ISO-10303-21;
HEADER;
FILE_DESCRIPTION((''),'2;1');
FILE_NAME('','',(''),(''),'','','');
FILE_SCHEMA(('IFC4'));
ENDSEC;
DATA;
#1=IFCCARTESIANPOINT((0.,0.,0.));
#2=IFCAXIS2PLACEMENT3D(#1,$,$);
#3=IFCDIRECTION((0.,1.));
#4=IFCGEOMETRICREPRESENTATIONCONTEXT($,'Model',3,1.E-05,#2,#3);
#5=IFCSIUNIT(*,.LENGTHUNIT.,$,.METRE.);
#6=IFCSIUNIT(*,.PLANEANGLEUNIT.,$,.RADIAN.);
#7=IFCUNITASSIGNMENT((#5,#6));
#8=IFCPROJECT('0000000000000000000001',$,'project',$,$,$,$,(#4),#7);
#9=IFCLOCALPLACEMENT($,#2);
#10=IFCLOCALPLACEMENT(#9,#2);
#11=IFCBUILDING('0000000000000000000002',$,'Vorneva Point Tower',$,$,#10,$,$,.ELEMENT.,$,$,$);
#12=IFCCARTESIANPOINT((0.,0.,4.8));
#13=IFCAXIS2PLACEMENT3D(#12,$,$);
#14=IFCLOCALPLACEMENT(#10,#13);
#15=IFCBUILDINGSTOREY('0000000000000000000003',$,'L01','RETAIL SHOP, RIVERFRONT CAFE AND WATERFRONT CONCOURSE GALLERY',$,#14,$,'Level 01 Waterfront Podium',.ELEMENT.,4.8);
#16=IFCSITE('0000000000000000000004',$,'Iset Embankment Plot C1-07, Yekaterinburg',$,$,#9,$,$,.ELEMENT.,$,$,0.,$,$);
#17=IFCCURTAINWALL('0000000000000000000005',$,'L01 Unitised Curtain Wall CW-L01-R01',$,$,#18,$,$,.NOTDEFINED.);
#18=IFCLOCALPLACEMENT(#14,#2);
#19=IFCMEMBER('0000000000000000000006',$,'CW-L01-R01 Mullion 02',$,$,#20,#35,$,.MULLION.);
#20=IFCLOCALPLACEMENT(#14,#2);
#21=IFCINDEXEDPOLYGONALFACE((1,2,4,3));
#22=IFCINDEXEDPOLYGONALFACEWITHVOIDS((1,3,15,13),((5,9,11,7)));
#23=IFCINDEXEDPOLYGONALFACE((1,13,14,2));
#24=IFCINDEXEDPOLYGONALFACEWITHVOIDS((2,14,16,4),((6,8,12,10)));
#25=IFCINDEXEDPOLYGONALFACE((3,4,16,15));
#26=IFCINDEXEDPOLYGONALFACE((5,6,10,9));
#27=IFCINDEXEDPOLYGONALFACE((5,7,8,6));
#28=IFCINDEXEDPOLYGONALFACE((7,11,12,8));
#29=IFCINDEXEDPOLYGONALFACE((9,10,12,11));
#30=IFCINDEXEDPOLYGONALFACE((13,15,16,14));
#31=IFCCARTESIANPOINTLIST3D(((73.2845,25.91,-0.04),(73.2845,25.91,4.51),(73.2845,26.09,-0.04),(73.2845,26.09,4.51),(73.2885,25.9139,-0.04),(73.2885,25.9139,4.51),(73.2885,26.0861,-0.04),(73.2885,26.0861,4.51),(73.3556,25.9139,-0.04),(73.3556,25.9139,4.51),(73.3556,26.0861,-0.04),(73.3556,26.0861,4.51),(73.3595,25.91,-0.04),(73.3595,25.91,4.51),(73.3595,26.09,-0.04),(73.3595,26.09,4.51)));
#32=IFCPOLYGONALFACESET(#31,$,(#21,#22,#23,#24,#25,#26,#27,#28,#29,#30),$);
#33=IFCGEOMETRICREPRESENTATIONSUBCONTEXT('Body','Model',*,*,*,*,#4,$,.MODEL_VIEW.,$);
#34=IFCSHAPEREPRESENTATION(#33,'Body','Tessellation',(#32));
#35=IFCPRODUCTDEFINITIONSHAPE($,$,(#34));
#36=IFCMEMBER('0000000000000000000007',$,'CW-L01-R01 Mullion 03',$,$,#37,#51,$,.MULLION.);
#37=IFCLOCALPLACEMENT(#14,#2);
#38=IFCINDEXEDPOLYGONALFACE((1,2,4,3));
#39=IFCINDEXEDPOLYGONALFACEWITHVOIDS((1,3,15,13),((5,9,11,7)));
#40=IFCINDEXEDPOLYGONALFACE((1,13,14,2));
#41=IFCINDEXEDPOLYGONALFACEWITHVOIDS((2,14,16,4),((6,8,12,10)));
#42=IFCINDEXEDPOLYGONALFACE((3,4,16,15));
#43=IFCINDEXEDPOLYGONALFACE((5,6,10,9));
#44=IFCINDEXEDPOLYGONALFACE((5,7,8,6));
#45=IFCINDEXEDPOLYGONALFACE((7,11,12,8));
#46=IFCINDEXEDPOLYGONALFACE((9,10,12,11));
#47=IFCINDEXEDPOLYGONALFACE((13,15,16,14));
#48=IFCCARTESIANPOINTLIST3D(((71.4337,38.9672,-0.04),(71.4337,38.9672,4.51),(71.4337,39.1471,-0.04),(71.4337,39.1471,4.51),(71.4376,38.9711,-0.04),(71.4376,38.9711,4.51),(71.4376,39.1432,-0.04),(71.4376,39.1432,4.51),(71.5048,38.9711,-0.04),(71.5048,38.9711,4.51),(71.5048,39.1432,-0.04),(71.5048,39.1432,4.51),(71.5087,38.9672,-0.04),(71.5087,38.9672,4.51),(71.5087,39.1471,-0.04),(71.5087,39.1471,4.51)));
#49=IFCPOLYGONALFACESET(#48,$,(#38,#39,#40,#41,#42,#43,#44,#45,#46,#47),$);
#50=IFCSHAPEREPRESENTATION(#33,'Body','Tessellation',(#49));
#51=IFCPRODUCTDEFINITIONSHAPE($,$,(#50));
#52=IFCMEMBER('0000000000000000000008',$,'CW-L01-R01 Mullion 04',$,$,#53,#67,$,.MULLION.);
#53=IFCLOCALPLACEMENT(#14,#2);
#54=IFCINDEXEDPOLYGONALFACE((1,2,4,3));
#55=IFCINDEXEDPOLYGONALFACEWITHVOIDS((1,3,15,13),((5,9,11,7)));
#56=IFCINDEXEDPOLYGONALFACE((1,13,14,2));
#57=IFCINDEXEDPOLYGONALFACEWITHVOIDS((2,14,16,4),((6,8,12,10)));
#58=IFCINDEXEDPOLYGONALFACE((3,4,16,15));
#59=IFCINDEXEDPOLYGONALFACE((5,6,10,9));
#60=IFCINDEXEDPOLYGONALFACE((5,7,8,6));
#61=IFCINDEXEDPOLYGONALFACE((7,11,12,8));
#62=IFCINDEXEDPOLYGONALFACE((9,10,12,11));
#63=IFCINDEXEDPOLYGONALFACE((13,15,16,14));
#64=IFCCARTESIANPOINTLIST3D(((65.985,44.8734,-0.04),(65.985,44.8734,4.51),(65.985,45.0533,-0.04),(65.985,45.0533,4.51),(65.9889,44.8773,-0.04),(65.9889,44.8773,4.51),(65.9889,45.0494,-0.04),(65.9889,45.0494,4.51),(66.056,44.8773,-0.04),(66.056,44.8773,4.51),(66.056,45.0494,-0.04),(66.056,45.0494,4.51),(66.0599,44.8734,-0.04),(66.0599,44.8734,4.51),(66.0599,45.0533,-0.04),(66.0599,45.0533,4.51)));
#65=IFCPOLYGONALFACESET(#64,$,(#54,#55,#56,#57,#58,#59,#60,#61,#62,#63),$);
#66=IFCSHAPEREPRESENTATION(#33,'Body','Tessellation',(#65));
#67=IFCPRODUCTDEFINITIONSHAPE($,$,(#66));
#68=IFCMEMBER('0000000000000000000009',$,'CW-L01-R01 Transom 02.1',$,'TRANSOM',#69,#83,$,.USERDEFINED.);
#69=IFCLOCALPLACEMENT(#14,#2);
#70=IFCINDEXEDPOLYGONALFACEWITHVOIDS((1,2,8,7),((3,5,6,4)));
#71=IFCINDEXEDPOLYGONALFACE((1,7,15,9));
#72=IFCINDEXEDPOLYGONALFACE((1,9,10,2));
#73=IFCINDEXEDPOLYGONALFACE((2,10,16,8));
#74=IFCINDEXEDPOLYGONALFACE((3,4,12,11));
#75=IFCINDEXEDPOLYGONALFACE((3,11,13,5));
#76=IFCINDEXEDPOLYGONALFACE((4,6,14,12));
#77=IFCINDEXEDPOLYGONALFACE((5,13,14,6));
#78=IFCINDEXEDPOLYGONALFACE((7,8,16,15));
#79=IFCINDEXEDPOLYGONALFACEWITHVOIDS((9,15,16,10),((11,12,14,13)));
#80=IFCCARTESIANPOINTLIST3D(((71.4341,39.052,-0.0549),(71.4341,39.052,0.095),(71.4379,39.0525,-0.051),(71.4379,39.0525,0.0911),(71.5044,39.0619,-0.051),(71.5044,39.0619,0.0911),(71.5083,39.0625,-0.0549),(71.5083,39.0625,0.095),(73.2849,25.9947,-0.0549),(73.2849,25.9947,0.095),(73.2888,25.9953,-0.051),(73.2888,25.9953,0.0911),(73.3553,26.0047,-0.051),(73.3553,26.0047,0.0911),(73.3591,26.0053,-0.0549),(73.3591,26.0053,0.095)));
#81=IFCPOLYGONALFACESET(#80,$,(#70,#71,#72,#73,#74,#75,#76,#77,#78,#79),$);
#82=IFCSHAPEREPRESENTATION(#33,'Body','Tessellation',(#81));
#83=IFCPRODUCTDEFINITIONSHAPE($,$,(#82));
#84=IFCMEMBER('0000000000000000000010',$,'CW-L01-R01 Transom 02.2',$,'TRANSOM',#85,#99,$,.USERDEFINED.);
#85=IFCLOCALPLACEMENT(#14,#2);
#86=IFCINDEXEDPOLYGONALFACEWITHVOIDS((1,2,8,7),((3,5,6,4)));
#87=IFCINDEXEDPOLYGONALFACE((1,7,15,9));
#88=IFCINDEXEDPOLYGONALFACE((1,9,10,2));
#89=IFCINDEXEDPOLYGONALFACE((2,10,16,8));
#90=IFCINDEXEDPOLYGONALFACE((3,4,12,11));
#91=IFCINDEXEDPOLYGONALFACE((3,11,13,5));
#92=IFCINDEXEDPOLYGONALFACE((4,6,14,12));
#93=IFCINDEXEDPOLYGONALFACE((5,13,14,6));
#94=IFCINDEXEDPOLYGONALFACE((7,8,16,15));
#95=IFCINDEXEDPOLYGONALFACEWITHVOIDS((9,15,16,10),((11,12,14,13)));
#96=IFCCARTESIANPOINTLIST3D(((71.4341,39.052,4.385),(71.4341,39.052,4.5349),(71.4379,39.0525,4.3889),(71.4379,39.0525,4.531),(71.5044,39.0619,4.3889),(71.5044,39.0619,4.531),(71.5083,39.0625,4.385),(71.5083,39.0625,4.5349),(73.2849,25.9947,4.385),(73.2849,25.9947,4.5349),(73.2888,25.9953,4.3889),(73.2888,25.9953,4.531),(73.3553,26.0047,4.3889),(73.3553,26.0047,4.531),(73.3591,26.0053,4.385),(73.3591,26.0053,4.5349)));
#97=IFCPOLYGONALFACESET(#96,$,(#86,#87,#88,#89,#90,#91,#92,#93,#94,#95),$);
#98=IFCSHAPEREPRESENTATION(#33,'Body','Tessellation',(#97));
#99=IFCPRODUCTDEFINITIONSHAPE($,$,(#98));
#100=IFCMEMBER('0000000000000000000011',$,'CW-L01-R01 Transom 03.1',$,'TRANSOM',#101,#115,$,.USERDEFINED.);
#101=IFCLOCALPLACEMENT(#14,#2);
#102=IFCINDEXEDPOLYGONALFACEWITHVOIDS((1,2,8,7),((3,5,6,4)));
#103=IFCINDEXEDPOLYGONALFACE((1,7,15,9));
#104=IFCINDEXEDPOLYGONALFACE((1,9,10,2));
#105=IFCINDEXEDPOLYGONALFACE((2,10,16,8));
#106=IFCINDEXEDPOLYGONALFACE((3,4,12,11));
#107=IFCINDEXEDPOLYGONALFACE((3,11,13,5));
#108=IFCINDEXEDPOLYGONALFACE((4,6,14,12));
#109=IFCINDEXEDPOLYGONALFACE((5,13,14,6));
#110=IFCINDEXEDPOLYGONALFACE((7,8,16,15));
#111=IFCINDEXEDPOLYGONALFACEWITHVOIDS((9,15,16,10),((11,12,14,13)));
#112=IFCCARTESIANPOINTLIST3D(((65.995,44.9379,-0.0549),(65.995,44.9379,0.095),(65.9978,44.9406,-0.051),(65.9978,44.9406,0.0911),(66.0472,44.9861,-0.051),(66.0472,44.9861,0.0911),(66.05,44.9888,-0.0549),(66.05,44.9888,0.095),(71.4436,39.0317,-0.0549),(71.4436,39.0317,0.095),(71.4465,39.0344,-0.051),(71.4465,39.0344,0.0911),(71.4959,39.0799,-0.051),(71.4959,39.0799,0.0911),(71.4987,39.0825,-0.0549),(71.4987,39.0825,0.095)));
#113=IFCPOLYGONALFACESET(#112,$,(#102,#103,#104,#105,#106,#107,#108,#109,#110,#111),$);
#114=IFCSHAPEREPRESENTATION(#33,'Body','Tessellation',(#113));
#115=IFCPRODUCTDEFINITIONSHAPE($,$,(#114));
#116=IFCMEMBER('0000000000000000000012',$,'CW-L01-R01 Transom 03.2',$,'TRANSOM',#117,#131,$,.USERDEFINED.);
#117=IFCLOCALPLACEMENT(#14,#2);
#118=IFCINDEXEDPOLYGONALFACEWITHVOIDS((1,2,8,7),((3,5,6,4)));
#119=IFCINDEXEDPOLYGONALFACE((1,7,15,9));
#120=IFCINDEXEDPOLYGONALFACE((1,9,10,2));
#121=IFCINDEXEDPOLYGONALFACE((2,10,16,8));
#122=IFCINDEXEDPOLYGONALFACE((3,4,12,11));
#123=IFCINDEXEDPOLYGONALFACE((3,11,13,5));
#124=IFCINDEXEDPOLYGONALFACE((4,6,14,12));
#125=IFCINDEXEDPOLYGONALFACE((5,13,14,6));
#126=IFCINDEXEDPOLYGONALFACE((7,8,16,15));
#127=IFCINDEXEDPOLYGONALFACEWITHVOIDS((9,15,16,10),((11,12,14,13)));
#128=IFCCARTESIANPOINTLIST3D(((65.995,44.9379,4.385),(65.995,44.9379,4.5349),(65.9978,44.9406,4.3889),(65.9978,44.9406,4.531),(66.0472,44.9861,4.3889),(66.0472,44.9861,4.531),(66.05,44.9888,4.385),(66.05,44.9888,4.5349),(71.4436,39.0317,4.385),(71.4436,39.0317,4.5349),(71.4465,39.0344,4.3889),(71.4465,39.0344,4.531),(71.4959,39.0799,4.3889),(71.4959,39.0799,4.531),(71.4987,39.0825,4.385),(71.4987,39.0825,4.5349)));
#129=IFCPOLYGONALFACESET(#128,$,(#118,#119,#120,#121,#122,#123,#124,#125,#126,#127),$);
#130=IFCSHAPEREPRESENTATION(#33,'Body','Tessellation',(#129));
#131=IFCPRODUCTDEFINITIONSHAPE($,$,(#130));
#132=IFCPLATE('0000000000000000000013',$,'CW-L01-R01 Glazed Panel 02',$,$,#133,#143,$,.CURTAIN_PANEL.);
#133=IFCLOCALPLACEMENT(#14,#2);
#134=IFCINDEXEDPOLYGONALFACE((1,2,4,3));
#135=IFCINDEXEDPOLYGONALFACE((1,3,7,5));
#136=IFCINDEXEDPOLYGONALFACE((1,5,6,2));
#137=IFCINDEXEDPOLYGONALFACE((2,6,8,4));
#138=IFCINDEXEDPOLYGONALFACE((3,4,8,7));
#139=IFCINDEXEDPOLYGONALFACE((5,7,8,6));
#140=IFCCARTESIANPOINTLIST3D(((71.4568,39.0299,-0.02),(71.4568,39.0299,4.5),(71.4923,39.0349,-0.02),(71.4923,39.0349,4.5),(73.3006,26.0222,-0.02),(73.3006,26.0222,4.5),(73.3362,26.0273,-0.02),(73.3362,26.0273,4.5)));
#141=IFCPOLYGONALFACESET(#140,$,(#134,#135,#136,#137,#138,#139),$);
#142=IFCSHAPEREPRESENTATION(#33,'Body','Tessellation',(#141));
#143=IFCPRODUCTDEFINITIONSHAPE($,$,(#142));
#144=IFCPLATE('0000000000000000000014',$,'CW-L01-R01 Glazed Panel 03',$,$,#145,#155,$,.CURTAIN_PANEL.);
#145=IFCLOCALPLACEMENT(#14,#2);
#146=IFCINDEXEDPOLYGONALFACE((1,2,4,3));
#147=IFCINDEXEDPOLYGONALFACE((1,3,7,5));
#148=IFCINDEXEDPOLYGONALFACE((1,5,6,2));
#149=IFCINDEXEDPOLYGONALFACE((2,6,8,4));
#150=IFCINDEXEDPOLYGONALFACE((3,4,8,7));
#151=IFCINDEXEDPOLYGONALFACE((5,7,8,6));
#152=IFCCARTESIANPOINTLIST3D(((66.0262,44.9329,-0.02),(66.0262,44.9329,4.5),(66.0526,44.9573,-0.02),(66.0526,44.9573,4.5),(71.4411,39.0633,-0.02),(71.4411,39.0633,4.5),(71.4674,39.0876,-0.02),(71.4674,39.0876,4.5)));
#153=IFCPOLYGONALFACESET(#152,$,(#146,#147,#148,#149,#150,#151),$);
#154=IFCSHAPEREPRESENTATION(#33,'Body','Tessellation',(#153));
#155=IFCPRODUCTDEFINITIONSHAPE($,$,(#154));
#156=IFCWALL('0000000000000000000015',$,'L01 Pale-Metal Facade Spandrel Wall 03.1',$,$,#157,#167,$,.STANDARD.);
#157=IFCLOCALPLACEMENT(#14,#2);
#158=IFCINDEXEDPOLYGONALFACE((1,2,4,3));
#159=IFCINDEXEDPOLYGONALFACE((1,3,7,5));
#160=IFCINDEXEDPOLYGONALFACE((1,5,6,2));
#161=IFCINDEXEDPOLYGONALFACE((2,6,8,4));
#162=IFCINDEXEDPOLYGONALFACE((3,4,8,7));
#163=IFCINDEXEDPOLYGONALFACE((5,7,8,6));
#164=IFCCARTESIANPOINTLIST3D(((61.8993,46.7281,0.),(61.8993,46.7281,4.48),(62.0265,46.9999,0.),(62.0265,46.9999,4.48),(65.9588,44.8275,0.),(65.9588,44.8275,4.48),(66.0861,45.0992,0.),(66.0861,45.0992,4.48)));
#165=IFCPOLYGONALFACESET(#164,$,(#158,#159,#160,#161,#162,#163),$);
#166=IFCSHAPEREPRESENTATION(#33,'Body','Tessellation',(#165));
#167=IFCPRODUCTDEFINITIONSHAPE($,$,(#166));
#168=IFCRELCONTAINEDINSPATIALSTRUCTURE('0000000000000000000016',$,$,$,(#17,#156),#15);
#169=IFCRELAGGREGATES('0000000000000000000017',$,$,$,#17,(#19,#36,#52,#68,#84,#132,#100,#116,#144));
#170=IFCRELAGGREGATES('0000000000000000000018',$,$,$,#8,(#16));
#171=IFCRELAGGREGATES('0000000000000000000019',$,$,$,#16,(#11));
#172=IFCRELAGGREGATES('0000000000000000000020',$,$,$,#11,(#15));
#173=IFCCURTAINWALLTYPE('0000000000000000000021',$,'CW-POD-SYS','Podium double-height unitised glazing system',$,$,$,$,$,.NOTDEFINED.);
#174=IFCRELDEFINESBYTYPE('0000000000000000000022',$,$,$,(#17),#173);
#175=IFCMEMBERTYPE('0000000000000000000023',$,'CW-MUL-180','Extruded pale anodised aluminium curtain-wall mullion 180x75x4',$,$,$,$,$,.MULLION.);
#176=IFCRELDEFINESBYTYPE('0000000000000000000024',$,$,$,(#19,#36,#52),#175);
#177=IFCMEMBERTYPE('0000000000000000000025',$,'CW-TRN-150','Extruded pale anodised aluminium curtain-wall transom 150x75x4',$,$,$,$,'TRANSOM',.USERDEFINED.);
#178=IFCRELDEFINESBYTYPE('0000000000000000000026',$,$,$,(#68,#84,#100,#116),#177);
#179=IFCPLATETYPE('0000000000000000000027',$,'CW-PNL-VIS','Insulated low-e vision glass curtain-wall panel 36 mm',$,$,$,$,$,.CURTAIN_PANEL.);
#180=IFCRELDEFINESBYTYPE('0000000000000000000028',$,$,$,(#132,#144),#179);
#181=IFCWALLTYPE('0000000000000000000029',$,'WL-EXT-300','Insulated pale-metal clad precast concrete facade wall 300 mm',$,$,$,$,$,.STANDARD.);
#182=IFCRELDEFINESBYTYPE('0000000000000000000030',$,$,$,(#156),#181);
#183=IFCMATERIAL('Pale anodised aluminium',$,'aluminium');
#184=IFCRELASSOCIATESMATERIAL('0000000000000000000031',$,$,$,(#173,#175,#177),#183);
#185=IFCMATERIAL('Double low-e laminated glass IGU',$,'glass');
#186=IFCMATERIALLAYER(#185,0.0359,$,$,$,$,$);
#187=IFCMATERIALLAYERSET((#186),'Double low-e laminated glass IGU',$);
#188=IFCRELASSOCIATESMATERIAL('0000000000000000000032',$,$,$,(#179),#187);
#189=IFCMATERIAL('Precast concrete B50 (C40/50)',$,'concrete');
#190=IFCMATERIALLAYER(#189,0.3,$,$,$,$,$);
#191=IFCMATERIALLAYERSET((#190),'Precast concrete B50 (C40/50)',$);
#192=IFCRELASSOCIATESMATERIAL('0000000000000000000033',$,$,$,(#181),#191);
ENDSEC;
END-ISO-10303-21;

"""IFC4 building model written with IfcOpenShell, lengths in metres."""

from ifc_helpers import new_model, si_unit, direction, frame, frame_2d, origin, origin_2d, place, context, subcontext, project, spatial, rectangle, hollow_rectangle, extrude, material, layer, layer_set, material_profile, profile_set, type_object, element, aggregate, save


model = new_model("IFC4")

# Units and contexts
model_context = context("Model", 3, precision=1e-05, world=origin(), true_north=direction((0.0, 1.0)))
body_context = subcontext(model_context, "Body", "Model", "MODEL_VIEW")
ifc_project = project(units=[si_unit("LENGTHUNIT", "METRE"), si_unit("PLANEANGLEUNIT", "RADIAN")], contexts=[model_context])

# Site, building, storey
site_placement = place(None, origin())
site = spatial("IfcSite", under=ifc_project, at=site_placement, Name="Iset Embankment Plot C1-07, Yekaterinburg", CompositionType="ELEMENT", RefElevation=0.0)
building_placement = place(site_placement, origin())
building = spatial("IfcBuilding", under=site, at=building_placement, Name="Vorneva Point Tower", CompositionType="ELEMENT")
storey_placement = place(building_placement, frame((0.0, 0.0, 4.8)))
storey = spatial("IfcBuildingStorey", under=building, at=storey_placement, Name="L01", Description="RETAIL SHOP, RIVERFRONT CAFE AND WATERFRONT CONCOURSE GALLERY", LongName="Level 01 Waterfront Podium", CompositionType="ELEMENT", Elevation=4.8)

# Curtain wall, members, plates
ifc_material_1 = material(Name="Pale anodised aluminium", Category="aluminium")
curtain_wall_type = type_object("IfcCurtainWallType", Name="CW-POD-SYS", Description="Podium double-height unitised glazing system", PredefinedType="NOTDEFINED", material=ifc_material_1)
curtain_wall_placement = place(storey_placement, origin())
curtain_wall = element("IfcCurtainWall", 1, at=curtain_wall_placement, inside=storey, type_object=curtain_wall_type, Name="L01 Unitised Curtain Wall CW-L01-R01", PredefinedType="NOTDEFINED")
ifc_material_profile_1 = material_profile(ifc_material_1, hollow_rectangle(XDim=0.075, YDim=0.1799, WallThickness=0.0039, at=origin_2d()), Name="AL-MUL 180x75x4")
ifc_profile_set_1 = profile_set([ifc_material_profile_1], Name="Pale anodised aluminium")
member_type_1 = type_object("IfcMemberType", Name="CW-MUL-180", Description="Extruded pale anodised aluminium curtain-wall mullion 180x75x4", PredefinedType="MULLION", material=ifc_profile_set_1)
member_1_placement = place(storey_placement, frame((73.322, 26.0, -0.04), z_axis=(0.0, 0.0, 1.0), x_axis=(1.0, 0.0, 0.0)))
member_1 = element("IfcMember", 2, at=member_1_placement, type_object=member_type_1, Name="CW-L01-R01 Mullion 02", PredefinedType="MULLION", context=body_context, shape_type="SweptSolid", body=[
    extrude(hollow_rectangle(XDim=0.075, YDim=0.1799, WallThickness=0.0039, at=origin_2d()), origin(), (0.0, 0.0, 1.0), 4.55),
])
member_2_placement = place(storey_placement, frame((71.4712, 39.0571, -0.04), z_axis=(0.0, 0.0, 1.0), x_axis=(1.0, 0.0, 0.0)))
member_2 = element("IfcMember", 3, at=member_2_placement, type_object=member_type_1, Name="CW-L01-R01 Mullion 03", PredefinedType="MULLION", context=body_context, shape_type="SweptSolid", body=[
    extrude(hollow_rectangle(XDim=0.075, YDim=0.1799, WallThickness=0.0039, at=origin_2d()), origin(), (0.0, 0.0, 1.0), 4.55),
])
member_3_placement = place(storey_placement, frame((66.0225, 44.9634, -0.04), z_axis=(0.0, 0.0, 1.0), x_axis=(1.0, 0.0, 0.0)))
member_3 = element("IfcMember", 4, at=member_3_placement, type_object=member_type_1, Name="CW-L01-R01 Mullion 04", PredefinedType="MULLION", context=body_context, shape_type="SweptSolid", body=[
    extrude(hollow_rectangle(XDim=0.075, YDim=0.1799, WallThickness=0.0039, at=origin_2d()), origin(), (0.0, 0.0, 1.0), 4.55),
])
ifc_material_profile_2 = material_profile(ifc_material_1, hollow_rectangle(XDim=0.075, YDim=0.1499, WallThickness=0.0039, at=origin_2d()), Name="AL-TRN 150x75x4")
ifc_profile_set_2 = profile_set([ifc_material_profile_2], Name="Pale anodised aluminium")
member_type_2 = type_object("IfcMemberType", Name="CW-TRN-150", Description="Extruded pale anodised aluminium curtain-wall transom 150x75x4", ElementType="TRANSOM", PredefinedType="USERDEFINED", material=ifc_profile_set_2)
member_4_placement = place(storey_placement, frame((73.322, 26.0, 0.02), z_axis=(-0.140346, 0.990103, 0.0), x_axis=(-0.990103, -0.140346, 0.0)))
member_4 = element("IfcMember", 5, at=member_4_placement, type_object=member_type_2, Name="CW-L01-R01 Transom 02.1", ObjectType="TRANSOM", PredefinedType="USERDEFINED", context=body_context, shape_type="SweptSolid", body=[
    extrude(hollow_rectangle(XDim=0.075, YDim=0.1499, WallThickness=0.0039, at=origin_2d()), origin(), (0.0, 0.0, 1.0), 13.1877),
])
member_5_placement = place(storey_placement, frame((73.322, 26.0, 4.46), z_axis=(-0.140346, 0.990103, 0.0), x_axis=(-0.990103, -0.140346, 0.0)))
member_5 = element("IfcMember", 6, at=member_5_placement, type_object=member_type_2, Name="CW-L01-R01 Transom 02.2", ObjectType="TRANSOM", PredefinedType="USERDEFINED", context=body_context, shape_type="SweptSolid", body=[
    extrude(hollow_rectangle(XDim=0.075, YDim=0.1499, WallThickness=0.0039, at=origin_2d()), origin(), (0.0, 0.0, 1.0), 13.1877),
])
member_6_placement = place(storey_placement, frame((71.4712, 39.0571, 0.02), z_axis=(-0.678066, 0.735001, 0.0), x_axis=(-0.735001, -0.678066, 0.0)))
member_6 = element("IfcMember", 7, at=member_6_placement, type_object=member_type_2, Name="CW-L01-R01 Transom 03.1", ObjectType="TRANSOM", PredefinedType="USERDEFINED", context=body_context, shape_type="SweptSolid", body=[
    extrude(hollow_rectangle(XDim=0.075, YDim=0.1499, WallThickness=0.0039, at=origin_2d()), origin(), (0.0, 0.0, 1.0), 8.0356),
])
member_7_placement = place(storey_placement, frame((71.4712, 39.0571, 4.46), z_axis=(-0.678066, 0.735001, 0.0), x_axis=(-0.735001, -0.678066, 0.0)))
member_7 = element("IfcMember", 8, at=member_7_placement, type_object=member_type_2, Name="CW-L01-R01 Transom 03.2", ObjectType="TRANSOM", PredefinedType="USERDEFINED", context=body_context, shape_type="SweptSolid", body=[
    extrude(hollow_rectangle(XDim=0.075, YDim=0.1499, WallThickness=0.0039, at=origin_2d()), origin(), (0.0, 0.0, 1.0), 8.0356),
])
ifc_material_2 = material(Name="Double low-e laminated glass IGU", Category="glass")
ifc_layer_1 = layer(ifc_material_2, 0.0359)
ifc_layer_set_1 = layer_set([ifc_layer_1], Name="Double low-e laminated glass IGU")
plate_type = type_object("IfcPlateType", Name="CW-PNL-VIS", Description="Insulated low-e vision glass curtain-wall panel 36 mm", PredefinedType="CURTAIN_PANEL", material=ifc_layer_set_1)
plate_1_placement = place(storey_placement, frame((72.3965, 32.5286, -0.02), z_axis=(0.0, 0.0, 1.0), x_axis=(-0.140348, 0.990102, 0.0)))
plate_1 = element("IfcPlate", 9, at=plate_1_placement, type_object=plate_type, Name="CW-L01-R01 Glazed Panel 02", PredefinedType="CURTAIN_PANEL", context=body_context, shape_type="SweptSolid", body=[
    extrude(rectangle(XDim=13.1377, YDim=0.0359, at=origin_2d()), origin(), (0.0, 0.0, 1.0), 4.52),
])
plate_2_placement = place(storey_placement, frame((68.7468, 42.0103, -0.02), z_axis=(0.0, 0.0, 1.0), x_axis=(-0.678057, 0.735009, 0.0)))
plate_2 = element("IfcPlate", 10, at=plate_2_placement, type_object=plate_type, Name="CW-L01-R01 Glazed Panel 03", PredefinedType="CURTAIN_PANEL", context=body_context, shape_type="SweptSolid", body=[
    extrude(rectangle(XDim=7.9858, YDim=0.0359, at=origin_2d()), origin(), (0.0, 0.0, 1.0), 4.52),
])
aggregate(curtain_wall, [member_1, member_2, member_3, member_4, member_5, plate_1, member_6, member_7, plate_2])

# Wall
ifc_material_3 = material(Name="Precast concrete B50 (C40/50)", Category="concrete")
ifc_layer_2 = layer(ifc_material_3, 0.3)
ifc_layer_set_2 = layer_set([ifc_layer_2], Name="Precast concrete B50 (C40/50)")
wall_type = type_object("IfcWallType", Name="WL-EXT-300", Description="Insulated pale-metal clad precast concrete facade wall 300 mm", PredefinedType="STANDARD", material=ifc_layer_set_2)
wall_1_placement = place(storey_placement, frame((66.0225, 44.9634, 0.0), z_axis=(0.0, 0.0, 1.0), x_axis=(-0.905655, 0.424015, 0.0)))
element("IfcWall", 11, at=wall_1_placement, inside=storey, type_object=wall_type, Name="L01 Pale-Metal Facade Spandrel Wall 03.1", PredefinedType="STANDARD", context=body_context, shape_type="SweptSolid", body=[
    extrude(rectangle(XDim=4.4824, YDim=0.3, at=frame_2d((2.2412, 0.0))), origin(), (0.0, 0.0, 1.0), 4.48),
])

save(model, "model.ifc")
